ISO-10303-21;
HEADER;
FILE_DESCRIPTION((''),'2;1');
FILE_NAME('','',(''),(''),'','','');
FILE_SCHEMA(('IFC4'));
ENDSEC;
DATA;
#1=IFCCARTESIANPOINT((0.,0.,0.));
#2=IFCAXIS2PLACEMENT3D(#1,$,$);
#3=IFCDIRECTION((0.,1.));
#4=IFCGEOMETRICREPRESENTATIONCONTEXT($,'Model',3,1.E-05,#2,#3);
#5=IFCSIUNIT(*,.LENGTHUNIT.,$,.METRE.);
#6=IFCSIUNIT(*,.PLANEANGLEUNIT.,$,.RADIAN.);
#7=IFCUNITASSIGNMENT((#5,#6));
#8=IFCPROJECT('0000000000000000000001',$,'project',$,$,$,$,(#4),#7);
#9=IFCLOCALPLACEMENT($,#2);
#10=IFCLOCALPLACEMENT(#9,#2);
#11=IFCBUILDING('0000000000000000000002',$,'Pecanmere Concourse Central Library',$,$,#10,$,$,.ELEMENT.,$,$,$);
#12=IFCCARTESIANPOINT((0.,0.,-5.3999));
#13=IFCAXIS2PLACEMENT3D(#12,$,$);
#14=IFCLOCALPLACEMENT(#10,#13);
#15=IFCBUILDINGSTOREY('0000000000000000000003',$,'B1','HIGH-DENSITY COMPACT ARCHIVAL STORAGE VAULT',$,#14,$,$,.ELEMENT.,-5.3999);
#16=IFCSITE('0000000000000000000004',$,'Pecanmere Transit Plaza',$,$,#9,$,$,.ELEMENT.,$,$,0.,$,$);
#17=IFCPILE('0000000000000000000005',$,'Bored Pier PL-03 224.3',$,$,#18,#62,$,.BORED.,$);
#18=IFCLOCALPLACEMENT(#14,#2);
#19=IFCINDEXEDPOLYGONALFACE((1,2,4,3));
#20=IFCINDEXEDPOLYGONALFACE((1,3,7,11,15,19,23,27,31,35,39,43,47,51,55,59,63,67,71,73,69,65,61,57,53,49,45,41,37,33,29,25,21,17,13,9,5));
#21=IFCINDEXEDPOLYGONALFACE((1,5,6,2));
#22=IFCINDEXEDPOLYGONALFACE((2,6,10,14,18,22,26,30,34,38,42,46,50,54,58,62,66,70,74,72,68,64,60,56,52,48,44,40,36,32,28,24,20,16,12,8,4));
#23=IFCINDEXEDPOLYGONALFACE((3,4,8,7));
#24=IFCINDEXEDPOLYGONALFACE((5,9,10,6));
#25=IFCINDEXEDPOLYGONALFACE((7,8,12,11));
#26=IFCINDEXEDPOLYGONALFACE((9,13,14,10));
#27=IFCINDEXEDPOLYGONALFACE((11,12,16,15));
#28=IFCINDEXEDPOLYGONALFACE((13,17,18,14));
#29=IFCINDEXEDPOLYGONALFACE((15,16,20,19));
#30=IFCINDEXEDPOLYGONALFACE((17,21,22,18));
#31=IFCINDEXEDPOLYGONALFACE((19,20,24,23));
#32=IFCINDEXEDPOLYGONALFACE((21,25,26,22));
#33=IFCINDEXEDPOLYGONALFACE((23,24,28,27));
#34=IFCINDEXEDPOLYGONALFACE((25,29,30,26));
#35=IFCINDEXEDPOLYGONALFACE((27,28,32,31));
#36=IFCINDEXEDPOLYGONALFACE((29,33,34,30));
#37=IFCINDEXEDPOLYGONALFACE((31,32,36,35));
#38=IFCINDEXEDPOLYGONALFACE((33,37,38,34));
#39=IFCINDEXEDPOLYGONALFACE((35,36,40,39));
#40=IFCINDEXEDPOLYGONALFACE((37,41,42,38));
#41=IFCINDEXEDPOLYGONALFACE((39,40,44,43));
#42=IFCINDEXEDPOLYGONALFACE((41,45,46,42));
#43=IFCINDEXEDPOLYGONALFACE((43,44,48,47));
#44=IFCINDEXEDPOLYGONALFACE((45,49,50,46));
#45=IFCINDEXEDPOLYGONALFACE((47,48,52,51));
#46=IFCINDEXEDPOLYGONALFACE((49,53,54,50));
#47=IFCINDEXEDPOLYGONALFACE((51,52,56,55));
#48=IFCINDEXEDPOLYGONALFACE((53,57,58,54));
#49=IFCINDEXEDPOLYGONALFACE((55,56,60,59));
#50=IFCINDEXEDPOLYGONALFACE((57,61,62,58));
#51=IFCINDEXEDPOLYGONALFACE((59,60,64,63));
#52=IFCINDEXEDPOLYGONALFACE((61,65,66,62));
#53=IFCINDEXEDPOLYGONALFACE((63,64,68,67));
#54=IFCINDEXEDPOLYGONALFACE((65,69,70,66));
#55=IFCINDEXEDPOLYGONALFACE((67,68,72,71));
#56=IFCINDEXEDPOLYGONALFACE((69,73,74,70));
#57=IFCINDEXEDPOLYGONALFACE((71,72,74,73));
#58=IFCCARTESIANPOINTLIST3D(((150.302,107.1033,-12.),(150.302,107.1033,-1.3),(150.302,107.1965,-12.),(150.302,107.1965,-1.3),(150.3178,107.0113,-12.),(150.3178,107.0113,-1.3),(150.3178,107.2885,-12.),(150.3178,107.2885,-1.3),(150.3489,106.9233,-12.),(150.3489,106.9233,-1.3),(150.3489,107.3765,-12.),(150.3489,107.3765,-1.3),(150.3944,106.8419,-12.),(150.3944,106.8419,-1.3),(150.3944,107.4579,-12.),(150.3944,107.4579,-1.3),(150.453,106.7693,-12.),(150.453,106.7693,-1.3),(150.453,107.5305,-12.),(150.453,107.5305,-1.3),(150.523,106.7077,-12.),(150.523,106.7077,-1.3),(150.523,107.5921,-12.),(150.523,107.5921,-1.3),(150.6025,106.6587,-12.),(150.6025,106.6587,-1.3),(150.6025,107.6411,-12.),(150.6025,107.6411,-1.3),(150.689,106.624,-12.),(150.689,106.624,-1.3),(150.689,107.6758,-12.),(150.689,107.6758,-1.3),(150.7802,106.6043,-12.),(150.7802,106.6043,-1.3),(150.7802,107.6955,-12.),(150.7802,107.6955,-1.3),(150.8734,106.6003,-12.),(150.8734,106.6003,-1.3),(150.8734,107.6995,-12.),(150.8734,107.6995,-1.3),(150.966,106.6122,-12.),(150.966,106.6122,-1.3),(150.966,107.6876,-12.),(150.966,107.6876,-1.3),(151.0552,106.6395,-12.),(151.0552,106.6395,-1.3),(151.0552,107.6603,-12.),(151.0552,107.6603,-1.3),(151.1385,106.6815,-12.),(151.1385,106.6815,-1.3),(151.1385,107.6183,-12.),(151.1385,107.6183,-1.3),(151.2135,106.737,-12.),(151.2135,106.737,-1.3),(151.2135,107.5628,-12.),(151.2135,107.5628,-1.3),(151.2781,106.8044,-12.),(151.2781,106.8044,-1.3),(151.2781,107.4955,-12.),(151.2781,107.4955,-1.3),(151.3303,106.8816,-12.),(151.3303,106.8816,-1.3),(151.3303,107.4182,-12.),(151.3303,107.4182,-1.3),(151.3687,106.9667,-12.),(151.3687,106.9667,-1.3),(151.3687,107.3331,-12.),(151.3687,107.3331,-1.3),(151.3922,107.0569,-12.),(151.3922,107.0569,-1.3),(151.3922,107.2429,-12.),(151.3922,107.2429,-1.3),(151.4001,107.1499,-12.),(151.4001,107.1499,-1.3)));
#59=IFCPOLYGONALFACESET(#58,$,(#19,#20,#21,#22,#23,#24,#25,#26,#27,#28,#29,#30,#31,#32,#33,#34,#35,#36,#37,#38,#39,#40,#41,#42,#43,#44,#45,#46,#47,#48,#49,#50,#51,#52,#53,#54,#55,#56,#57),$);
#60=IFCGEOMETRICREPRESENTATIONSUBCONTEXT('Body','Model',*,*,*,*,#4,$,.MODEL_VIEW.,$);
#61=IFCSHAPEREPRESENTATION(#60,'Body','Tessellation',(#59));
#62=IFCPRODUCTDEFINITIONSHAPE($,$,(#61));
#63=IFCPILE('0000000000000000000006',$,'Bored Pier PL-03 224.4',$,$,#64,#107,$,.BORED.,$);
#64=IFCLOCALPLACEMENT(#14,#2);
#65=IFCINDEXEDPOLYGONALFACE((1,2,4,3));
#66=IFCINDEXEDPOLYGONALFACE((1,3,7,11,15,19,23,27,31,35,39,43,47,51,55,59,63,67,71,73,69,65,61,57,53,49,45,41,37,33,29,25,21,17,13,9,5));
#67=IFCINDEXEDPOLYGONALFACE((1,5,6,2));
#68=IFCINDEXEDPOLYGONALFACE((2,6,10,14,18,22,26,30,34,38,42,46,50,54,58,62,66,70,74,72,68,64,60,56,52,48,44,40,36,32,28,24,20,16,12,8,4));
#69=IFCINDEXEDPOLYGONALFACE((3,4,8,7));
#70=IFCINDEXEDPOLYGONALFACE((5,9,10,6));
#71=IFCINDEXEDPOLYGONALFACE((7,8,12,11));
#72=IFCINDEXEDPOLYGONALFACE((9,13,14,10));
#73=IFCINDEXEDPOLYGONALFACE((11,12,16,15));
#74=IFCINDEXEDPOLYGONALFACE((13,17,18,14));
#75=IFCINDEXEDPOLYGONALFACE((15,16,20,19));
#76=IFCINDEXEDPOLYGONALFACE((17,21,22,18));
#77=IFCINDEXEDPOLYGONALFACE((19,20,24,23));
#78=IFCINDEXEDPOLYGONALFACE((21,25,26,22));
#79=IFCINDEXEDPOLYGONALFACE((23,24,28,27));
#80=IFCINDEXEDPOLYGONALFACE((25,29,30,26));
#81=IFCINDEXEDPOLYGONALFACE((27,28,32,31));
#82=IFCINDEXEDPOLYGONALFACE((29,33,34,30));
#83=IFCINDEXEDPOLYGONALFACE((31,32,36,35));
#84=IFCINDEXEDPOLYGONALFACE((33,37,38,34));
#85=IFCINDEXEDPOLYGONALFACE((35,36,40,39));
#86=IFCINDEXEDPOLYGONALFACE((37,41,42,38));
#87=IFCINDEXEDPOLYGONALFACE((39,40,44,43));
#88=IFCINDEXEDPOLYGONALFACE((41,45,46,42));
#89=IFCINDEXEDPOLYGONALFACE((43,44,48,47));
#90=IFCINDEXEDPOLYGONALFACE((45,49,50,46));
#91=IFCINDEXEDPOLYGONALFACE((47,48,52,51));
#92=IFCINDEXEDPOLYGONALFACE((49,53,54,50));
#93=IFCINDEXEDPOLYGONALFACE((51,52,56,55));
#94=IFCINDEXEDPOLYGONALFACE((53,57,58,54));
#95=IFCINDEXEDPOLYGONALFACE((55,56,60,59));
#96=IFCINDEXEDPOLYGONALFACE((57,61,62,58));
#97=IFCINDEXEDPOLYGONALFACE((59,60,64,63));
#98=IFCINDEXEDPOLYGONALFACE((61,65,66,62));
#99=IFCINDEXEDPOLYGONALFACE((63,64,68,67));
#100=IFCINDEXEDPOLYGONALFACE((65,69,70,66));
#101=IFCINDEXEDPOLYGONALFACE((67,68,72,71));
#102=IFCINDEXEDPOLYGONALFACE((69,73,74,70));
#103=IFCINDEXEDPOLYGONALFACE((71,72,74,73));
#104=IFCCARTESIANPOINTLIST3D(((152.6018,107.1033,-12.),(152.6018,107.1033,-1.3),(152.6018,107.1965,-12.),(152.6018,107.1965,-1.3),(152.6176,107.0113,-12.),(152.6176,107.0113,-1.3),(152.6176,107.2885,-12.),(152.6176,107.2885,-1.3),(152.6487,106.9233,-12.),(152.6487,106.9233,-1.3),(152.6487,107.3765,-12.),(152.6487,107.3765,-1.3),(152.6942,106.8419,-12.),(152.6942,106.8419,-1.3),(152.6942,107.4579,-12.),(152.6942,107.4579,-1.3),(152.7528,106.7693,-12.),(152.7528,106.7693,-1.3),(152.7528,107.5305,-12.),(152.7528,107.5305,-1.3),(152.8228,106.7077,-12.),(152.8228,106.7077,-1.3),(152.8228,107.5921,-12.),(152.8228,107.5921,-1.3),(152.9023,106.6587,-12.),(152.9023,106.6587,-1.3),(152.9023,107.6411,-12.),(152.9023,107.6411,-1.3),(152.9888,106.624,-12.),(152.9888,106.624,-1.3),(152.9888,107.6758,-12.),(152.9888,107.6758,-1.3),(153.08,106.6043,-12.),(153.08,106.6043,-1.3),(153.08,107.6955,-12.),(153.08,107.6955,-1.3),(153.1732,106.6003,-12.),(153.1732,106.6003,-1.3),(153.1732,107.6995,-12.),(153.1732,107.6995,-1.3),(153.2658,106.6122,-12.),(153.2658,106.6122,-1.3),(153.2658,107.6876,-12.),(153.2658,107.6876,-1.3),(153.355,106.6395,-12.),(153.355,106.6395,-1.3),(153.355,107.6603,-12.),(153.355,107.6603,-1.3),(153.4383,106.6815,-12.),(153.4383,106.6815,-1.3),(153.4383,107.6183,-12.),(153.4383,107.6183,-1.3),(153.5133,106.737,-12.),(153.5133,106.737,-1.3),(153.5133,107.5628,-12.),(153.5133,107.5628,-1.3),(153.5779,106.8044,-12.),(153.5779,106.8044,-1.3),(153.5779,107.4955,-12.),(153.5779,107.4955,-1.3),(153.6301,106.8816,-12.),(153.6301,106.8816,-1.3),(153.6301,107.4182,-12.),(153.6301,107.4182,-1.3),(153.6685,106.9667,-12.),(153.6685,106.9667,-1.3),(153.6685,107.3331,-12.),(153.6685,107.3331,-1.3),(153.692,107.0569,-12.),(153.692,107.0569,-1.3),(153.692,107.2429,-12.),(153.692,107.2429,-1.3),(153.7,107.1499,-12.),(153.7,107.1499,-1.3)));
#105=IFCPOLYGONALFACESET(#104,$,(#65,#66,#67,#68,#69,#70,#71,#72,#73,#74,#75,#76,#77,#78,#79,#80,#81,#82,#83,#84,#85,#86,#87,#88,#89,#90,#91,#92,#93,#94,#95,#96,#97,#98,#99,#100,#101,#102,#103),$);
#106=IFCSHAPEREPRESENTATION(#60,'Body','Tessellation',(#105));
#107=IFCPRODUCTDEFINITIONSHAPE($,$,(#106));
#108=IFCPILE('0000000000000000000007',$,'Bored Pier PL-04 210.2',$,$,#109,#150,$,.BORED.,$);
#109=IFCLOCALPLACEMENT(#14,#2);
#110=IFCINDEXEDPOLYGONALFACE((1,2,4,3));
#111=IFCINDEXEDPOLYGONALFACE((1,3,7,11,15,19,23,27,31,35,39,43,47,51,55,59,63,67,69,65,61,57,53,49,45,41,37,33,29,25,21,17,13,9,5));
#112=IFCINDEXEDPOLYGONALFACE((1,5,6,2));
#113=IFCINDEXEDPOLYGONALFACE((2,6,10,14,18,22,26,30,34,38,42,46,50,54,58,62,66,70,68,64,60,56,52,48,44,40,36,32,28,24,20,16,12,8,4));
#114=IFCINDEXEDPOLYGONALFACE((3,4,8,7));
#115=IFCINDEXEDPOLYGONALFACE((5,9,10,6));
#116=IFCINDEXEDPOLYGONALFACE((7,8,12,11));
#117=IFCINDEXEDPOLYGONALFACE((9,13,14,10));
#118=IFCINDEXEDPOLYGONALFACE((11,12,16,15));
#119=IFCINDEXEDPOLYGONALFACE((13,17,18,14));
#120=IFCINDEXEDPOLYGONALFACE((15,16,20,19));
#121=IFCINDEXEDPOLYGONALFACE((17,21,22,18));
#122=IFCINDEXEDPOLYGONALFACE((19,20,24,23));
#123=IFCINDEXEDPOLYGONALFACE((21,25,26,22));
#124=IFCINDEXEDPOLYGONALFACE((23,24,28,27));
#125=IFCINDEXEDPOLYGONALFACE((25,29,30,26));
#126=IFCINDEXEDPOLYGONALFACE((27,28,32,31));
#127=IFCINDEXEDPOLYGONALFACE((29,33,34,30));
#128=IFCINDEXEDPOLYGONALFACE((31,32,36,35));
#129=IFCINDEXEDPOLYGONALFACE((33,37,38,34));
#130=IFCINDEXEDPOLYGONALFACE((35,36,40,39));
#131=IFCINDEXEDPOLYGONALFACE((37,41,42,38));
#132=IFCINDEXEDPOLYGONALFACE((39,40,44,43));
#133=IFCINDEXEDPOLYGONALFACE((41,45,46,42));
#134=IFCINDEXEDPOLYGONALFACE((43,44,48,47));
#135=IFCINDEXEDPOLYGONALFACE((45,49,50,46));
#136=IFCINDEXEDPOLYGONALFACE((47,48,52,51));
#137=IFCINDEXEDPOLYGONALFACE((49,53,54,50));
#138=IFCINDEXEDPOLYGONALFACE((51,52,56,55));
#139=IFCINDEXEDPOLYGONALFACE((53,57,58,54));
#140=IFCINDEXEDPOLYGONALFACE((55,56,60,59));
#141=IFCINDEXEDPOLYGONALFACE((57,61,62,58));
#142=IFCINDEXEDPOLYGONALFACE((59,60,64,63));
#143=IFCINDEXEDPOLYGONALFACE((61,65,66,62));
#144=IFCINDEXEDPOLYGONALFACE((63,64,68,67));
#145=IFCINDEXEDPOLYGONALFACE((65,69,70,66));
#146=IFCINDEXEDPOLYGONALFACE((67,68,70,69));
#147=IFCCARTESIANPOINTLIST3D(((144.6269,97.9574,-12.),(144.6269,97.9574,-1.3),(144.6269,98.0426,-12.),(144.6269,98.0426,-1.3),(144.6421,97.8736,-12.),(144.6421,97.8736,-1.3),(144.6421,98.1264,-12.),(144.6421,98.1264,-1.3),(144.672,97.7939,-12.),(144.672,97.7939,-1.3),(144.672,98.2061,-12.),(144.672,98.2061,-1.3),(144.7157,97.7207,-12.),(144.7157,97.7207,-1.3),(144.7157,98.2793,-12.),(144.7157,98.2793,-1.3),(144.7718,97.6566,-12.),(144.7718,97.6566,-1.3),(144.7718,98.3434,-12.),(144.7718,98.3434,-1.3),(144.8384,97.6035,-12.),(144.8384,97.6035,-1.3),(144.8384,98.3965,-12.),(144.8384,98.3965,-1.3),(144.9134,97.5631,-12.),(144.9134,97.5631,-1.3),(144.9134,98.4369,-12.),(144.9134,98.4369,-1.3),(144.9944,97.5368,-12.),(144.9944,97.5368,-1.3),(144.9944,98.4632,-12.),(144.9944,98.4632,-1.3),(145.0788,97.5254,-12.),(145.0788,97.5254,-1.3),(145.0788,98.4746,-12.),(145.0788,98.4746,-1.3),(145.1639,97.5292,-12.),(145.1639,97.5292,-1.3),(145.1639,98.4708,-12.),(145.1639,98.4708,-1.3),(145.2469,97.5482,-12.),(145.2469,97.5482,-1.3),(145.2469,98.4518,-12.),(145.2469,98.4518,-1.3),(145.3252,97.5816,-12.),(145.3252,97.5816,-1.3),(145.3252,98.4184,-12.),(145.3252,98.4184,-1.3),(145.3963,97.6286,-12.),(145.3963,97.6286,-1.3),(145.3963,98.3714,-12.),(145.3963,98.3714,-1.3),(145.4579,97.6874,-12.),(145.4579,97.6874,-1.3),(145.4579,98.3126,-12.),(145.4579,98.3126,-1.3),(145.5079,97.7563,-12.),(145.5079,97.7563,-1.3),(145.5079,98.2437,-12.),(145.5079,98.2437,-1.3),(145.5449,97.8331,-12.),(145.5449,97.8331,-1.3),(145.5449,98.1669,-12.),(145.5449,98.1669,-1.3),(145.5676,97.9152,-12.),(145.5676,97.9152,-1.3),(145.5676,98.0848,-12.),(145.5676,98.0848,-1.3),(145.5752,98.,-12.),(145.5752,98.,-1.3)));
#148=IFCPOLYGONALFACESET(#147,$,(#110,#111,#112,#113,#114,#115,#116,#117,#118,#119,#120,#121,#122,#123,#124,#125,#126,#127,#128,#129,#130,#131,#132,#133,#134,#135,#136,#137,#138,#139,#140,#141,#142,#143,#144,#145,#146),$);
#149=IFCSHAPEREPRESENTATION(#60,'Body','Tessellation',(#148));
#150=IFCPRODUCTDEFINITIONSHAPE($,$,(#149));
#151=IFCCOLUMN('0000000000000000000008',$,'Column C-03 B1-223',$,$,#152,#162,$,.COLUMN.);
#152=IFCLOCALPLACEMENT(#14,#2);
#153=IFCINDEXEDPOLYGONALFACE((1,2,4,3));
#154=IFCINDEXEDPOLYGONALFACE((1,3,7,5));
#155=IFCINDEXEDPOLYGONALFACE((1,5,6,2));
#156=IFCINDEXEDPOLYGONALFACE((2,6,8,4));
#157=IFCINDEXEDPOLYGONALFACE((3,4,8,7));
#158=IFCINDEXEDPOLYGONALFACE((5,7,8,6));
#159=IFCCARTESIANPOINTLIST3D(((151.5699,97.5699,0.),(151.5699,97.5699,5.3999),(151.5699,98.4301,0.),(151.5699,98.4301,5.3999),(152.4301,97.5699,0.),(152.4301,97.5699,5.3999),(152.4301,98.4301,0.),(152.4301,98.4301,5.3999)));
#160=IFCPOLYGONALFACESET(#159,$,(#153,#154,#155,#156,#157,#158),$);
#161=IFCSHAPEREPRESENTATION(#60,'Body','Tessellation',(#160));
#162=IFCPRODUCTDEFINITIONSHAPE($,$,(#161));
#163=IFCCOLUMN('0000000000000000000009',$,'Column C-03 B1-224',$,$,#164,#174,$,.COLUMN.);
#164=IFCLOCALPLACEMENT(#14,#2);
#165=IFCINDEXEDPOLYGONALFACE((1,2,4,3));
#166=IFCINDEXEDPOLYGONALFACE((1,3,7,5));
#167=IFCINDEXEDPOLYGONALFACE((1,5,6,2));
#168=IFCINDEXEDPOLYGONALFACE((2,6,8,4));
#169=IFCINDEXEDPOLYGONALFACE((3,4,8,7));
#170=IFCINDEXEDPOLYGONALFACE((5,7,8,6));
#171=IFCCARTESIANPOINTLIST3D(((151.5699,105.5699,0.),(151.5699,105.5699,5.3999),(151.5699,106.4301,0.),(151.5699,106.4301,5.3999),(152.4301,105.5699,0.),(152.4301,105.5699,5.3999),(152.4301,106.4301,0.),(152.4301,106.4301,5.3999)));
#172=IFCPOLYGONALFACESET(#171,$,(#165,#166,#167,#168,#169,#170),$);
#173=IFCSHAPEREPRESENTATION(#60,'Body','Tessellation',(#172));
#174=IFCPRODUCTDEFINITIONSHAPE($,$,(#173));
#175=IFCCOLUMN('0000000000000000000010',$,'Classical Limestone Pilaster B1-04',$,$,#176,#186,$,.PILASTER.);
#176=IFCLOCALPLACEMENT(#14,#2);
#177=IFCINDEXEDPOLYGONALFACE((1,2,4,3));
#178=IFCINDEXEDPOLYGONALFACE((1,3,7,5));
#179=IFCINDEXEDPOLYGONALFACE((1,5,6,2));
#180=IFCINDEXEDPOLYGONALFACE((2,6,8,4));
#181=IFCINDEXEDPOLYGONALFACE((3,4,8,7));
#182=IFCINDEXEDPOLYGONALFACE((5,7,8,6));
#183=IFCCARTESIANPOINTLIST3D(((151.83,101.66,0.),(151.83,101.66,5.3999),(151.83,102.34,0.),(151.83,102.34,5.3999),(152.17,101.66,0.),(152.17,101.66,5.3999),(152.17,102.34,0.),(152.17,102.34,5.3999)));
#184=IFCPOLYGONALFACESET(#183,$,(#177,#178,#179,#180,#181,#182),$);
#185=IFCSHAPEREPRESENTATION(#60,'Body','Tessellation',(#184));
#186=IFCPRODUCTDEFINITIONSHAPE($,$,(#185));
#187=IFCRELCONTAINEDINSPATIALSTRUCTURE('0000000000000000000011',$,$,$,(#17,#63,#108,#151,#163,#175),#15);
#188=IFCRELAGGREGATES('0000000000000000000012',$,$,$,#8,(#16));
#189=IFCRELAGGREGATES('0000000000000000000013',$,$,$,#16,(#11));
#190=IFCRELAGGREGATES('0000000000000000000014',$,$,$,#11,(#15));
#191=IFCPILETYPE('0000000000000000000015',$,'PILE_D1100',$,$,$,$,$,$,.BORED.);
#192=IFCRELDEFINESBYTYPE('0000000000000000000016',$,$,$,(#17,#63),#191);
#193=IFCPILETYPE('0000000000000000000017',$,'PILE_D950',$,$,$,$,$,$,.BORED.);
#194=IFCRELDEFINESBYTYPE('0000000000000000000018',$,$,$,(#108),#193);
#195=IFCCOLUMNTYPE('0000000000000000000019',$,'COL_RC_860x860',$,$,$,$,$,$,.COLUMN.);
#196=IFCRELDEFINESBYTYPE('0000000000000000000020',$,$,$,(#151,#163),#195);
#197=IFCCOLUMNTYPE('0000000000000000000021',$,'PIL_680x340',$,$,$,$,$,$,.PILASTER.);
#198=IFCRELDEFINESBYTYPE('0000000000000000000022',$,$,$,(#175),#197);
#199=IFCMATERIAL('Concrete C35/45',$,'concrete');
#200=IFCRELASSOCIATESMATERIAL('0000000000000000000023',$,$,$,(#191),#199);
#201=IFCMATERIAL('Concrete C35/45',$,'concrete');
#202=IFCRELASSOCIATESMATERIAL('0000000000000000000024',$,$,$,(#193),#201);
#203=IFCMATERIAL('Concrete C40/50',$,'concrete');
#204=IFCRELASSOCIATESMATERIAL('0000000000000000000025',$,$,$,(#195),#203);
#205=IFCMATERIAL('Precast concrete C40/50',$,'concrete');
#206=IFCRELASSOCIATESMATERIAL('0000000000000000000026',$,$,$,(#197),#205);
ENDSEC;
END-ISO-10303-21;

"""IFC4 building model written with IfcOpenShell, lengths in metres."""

from ifc_helpers import new_model, si_unit, direction, frame, origin, origin_2d, place, context, subcontext, project, spatial, rectangle, circle, extrude, material, material_profile, profile_set, type_object, element, save


model = new_model("IFC4")

# Units and contexts
model_context = context("Model", 3, precision=1e-05, world=origin(), true_north=direction((0.0, 1.0)))
body_context = subcontext(model_context, "Body", "Model", "MODEL_VIEW")
ifc_project = project(units=[si_unit("LENGTHUNIT", "METRE"), si_unit("PLANEANGLEUNIT", "RADIAN")], contexts=[model_context])

# Site, building, storey
site_placement = place(None, origin())
site = spatial("IfcSite", under=ifc_project, at=site_placement, Name="Pecanmere Transit Plaza", CompositionType="ELEMENT", RefElevation=0.0)
building_placement = place(site_placement, origin())
building = spatial("IfcBuilding", under=site, at=building_placement, Name="Pecanmere Concourse Central Library", CompositionType="ELEMENT")
storey_placement = place(building_placement, frame((0.0, 0.0, -5.3999)))
storey = spatial("IfcBuildingStorey", under=building, at=storey_placement, Name="B1", Description="HIGH-DENSITY COMPACT ARCHIVAL STORAGE VAULT", CompositionType="ELEMENT", Elevation=-5.3999)

# Piles
ifc_material_1 = material(Name="Concrete C35/45", Category="concrete")
ifc_material_profile_1 = material_profile(ifc_material_1, circle(Radius=0.55, at=origin_2d()), Name="PIER D1100")
ifc_profile_set_1 = profile_set([ifc_material_profile_1], Name="Concrete C35/45")
pile_type_1 = type_object("IfcPileType", Name="PILE_D1100", PredefinedType="BORED", material=ifc_profile_set_1)
for number, where, z_axis, x_axis, name in (
    (1, (150.8501, 107.1499, -1.3), (0.0, 0.0, -1.0), (1.0, 0.0, 0.0), "Bored Pier PL-03 224.3"),
    (2, (153.1499, 107.1499, -1.3), (0.0, 0.0, -1.0), (1.0, 0.0, 0.0), "Bored Pier PL-03 224.4"),
):
    element("IfcPile", number, at=place(storey_placement, frame(where, z_axis=z_axis, x_axis=x_axis)), inside=storey, type_object=pile_type_1, Name=name, PredefinedType="BORED", context=body_context, shape_type="SweptSolid", body=[
        extrude(circle(Radius=0.55, at=origin_2d()), origin(), (0.0, 0.0, 1.0), 10.7),
    ])
ifc_material_2 = material(Name="Concrete C35/45", Category="concrete")
ifc_material_profile_2 = material_profile(ifc_material_2, circle(Radius=0.4751, at=origin_2d()), Name="PIER D950")
ifc_profile_set_2 = profile_set([ifc_material_profile_2], Name="Concrete C35/45")
pile_type_2 = type_object("IfcPileType", Name="PILE_D950", PredefinedType="BORED", material=ifc_profile_set_2)
pile_placement = place(storey_placement, frame((145.1001, 98.0, -1.3), z_axis=(0.0, 0.0, -1.0), x_axis=(1.0, 0.0, 0.0)))
element("IfcPile", 3, at=pile_placement, inside=storey, type_object=pile_type_2, Name="Bored Pier PL-04 210.2", PredefinedType="BORED", context=body_context, shape_type="SweptSolid", body=[
    extrude(circle(Radius=0.4751, at=origin_2d()), origin(), (0.0, 0.0, 1.0), 10.7),
])

# Columns
ifc_material_3 = material(Name="Concrete C40/50", Category="concrete")
ifc_material_profile_3 = material_profile(ifc_material_3, rectangle(XDim=0.8601, YDim=0.8601, at=origin_2d()), Name="RC 860x860")
ifc_profile_set_3 = profile_set([ifc_material_profile_3], Name="Concrete C40/50")
column_type_1 = type_object("IfcColumnType", Name="COL_RC_860x860", PredefinedType="COLUMN", material=ifc_profile_set_3)
for number, where, z_axis, x_axis, name in (
    (4, (152.0, 98.0, 0.0), (0.0, 0.0, 1.0), (1.0, 0.0, 0.0), "Column C-03 B1-223"),
    (5, (152.0, 106.0, 0.0), (0.0, 0.0, 1.0), (1.0, 0.0, 0.0), "Column C-03 B1-224"),
):
    element("IfcColumn", number, at=place(storey_placement, frame(where, z_axis=z_axis, x_axis=x_axis)), inside=storey, type_object=column_type_1, Name=name, PredefinedType="COLUMN", context=body_context, shape_type="SweptSolid", body=[
        extrude(rectangle(XDim=0.8601, YDim=0.8601, at=origin_2d()), origin(), (0.0, 0.0, 1.0), 5.3999),
    ])
ifc_material_4 = material(Name="Precast concrete C40/50", Category="concrete")
ifc_material_profile_4 = material_profile(ifc_material_4, rectangle(XDim=0.6799, YDim=0.3401, at=origin_2d()), Name="RC 680x340")
ifc_profile_set_4 = profile_set([ifc_material_profile_4], Name="Precast concrete C40/50")
column_type_2 = type_object("IfcColumnType", Name="PIL_680x340", PredefinedType="PILASTER", material=ifc_profile_set_4)
column_placement = place(storey_placement, frame((152.0, 102.0, 0.0), z_axis=(0.0, 0.0, 1.0), x_axis=(0.0, 1.0, 0.0)))
element("IfcColumn", 6, at=column_placement, inside=storey, type_object=column_type_2, Name="Classical Limestone Pilaster B1-04", PredefinedType="PILASTER", context=body_context, shape_type="SweptSolid", body=[
    extrude(rectangle(XDim=0.6799, YDim=0.3401, at=origin_2d()), origin(), (0.0, 0.0, 1.0), 5.3999),
])

save(model, "model.ifc")
